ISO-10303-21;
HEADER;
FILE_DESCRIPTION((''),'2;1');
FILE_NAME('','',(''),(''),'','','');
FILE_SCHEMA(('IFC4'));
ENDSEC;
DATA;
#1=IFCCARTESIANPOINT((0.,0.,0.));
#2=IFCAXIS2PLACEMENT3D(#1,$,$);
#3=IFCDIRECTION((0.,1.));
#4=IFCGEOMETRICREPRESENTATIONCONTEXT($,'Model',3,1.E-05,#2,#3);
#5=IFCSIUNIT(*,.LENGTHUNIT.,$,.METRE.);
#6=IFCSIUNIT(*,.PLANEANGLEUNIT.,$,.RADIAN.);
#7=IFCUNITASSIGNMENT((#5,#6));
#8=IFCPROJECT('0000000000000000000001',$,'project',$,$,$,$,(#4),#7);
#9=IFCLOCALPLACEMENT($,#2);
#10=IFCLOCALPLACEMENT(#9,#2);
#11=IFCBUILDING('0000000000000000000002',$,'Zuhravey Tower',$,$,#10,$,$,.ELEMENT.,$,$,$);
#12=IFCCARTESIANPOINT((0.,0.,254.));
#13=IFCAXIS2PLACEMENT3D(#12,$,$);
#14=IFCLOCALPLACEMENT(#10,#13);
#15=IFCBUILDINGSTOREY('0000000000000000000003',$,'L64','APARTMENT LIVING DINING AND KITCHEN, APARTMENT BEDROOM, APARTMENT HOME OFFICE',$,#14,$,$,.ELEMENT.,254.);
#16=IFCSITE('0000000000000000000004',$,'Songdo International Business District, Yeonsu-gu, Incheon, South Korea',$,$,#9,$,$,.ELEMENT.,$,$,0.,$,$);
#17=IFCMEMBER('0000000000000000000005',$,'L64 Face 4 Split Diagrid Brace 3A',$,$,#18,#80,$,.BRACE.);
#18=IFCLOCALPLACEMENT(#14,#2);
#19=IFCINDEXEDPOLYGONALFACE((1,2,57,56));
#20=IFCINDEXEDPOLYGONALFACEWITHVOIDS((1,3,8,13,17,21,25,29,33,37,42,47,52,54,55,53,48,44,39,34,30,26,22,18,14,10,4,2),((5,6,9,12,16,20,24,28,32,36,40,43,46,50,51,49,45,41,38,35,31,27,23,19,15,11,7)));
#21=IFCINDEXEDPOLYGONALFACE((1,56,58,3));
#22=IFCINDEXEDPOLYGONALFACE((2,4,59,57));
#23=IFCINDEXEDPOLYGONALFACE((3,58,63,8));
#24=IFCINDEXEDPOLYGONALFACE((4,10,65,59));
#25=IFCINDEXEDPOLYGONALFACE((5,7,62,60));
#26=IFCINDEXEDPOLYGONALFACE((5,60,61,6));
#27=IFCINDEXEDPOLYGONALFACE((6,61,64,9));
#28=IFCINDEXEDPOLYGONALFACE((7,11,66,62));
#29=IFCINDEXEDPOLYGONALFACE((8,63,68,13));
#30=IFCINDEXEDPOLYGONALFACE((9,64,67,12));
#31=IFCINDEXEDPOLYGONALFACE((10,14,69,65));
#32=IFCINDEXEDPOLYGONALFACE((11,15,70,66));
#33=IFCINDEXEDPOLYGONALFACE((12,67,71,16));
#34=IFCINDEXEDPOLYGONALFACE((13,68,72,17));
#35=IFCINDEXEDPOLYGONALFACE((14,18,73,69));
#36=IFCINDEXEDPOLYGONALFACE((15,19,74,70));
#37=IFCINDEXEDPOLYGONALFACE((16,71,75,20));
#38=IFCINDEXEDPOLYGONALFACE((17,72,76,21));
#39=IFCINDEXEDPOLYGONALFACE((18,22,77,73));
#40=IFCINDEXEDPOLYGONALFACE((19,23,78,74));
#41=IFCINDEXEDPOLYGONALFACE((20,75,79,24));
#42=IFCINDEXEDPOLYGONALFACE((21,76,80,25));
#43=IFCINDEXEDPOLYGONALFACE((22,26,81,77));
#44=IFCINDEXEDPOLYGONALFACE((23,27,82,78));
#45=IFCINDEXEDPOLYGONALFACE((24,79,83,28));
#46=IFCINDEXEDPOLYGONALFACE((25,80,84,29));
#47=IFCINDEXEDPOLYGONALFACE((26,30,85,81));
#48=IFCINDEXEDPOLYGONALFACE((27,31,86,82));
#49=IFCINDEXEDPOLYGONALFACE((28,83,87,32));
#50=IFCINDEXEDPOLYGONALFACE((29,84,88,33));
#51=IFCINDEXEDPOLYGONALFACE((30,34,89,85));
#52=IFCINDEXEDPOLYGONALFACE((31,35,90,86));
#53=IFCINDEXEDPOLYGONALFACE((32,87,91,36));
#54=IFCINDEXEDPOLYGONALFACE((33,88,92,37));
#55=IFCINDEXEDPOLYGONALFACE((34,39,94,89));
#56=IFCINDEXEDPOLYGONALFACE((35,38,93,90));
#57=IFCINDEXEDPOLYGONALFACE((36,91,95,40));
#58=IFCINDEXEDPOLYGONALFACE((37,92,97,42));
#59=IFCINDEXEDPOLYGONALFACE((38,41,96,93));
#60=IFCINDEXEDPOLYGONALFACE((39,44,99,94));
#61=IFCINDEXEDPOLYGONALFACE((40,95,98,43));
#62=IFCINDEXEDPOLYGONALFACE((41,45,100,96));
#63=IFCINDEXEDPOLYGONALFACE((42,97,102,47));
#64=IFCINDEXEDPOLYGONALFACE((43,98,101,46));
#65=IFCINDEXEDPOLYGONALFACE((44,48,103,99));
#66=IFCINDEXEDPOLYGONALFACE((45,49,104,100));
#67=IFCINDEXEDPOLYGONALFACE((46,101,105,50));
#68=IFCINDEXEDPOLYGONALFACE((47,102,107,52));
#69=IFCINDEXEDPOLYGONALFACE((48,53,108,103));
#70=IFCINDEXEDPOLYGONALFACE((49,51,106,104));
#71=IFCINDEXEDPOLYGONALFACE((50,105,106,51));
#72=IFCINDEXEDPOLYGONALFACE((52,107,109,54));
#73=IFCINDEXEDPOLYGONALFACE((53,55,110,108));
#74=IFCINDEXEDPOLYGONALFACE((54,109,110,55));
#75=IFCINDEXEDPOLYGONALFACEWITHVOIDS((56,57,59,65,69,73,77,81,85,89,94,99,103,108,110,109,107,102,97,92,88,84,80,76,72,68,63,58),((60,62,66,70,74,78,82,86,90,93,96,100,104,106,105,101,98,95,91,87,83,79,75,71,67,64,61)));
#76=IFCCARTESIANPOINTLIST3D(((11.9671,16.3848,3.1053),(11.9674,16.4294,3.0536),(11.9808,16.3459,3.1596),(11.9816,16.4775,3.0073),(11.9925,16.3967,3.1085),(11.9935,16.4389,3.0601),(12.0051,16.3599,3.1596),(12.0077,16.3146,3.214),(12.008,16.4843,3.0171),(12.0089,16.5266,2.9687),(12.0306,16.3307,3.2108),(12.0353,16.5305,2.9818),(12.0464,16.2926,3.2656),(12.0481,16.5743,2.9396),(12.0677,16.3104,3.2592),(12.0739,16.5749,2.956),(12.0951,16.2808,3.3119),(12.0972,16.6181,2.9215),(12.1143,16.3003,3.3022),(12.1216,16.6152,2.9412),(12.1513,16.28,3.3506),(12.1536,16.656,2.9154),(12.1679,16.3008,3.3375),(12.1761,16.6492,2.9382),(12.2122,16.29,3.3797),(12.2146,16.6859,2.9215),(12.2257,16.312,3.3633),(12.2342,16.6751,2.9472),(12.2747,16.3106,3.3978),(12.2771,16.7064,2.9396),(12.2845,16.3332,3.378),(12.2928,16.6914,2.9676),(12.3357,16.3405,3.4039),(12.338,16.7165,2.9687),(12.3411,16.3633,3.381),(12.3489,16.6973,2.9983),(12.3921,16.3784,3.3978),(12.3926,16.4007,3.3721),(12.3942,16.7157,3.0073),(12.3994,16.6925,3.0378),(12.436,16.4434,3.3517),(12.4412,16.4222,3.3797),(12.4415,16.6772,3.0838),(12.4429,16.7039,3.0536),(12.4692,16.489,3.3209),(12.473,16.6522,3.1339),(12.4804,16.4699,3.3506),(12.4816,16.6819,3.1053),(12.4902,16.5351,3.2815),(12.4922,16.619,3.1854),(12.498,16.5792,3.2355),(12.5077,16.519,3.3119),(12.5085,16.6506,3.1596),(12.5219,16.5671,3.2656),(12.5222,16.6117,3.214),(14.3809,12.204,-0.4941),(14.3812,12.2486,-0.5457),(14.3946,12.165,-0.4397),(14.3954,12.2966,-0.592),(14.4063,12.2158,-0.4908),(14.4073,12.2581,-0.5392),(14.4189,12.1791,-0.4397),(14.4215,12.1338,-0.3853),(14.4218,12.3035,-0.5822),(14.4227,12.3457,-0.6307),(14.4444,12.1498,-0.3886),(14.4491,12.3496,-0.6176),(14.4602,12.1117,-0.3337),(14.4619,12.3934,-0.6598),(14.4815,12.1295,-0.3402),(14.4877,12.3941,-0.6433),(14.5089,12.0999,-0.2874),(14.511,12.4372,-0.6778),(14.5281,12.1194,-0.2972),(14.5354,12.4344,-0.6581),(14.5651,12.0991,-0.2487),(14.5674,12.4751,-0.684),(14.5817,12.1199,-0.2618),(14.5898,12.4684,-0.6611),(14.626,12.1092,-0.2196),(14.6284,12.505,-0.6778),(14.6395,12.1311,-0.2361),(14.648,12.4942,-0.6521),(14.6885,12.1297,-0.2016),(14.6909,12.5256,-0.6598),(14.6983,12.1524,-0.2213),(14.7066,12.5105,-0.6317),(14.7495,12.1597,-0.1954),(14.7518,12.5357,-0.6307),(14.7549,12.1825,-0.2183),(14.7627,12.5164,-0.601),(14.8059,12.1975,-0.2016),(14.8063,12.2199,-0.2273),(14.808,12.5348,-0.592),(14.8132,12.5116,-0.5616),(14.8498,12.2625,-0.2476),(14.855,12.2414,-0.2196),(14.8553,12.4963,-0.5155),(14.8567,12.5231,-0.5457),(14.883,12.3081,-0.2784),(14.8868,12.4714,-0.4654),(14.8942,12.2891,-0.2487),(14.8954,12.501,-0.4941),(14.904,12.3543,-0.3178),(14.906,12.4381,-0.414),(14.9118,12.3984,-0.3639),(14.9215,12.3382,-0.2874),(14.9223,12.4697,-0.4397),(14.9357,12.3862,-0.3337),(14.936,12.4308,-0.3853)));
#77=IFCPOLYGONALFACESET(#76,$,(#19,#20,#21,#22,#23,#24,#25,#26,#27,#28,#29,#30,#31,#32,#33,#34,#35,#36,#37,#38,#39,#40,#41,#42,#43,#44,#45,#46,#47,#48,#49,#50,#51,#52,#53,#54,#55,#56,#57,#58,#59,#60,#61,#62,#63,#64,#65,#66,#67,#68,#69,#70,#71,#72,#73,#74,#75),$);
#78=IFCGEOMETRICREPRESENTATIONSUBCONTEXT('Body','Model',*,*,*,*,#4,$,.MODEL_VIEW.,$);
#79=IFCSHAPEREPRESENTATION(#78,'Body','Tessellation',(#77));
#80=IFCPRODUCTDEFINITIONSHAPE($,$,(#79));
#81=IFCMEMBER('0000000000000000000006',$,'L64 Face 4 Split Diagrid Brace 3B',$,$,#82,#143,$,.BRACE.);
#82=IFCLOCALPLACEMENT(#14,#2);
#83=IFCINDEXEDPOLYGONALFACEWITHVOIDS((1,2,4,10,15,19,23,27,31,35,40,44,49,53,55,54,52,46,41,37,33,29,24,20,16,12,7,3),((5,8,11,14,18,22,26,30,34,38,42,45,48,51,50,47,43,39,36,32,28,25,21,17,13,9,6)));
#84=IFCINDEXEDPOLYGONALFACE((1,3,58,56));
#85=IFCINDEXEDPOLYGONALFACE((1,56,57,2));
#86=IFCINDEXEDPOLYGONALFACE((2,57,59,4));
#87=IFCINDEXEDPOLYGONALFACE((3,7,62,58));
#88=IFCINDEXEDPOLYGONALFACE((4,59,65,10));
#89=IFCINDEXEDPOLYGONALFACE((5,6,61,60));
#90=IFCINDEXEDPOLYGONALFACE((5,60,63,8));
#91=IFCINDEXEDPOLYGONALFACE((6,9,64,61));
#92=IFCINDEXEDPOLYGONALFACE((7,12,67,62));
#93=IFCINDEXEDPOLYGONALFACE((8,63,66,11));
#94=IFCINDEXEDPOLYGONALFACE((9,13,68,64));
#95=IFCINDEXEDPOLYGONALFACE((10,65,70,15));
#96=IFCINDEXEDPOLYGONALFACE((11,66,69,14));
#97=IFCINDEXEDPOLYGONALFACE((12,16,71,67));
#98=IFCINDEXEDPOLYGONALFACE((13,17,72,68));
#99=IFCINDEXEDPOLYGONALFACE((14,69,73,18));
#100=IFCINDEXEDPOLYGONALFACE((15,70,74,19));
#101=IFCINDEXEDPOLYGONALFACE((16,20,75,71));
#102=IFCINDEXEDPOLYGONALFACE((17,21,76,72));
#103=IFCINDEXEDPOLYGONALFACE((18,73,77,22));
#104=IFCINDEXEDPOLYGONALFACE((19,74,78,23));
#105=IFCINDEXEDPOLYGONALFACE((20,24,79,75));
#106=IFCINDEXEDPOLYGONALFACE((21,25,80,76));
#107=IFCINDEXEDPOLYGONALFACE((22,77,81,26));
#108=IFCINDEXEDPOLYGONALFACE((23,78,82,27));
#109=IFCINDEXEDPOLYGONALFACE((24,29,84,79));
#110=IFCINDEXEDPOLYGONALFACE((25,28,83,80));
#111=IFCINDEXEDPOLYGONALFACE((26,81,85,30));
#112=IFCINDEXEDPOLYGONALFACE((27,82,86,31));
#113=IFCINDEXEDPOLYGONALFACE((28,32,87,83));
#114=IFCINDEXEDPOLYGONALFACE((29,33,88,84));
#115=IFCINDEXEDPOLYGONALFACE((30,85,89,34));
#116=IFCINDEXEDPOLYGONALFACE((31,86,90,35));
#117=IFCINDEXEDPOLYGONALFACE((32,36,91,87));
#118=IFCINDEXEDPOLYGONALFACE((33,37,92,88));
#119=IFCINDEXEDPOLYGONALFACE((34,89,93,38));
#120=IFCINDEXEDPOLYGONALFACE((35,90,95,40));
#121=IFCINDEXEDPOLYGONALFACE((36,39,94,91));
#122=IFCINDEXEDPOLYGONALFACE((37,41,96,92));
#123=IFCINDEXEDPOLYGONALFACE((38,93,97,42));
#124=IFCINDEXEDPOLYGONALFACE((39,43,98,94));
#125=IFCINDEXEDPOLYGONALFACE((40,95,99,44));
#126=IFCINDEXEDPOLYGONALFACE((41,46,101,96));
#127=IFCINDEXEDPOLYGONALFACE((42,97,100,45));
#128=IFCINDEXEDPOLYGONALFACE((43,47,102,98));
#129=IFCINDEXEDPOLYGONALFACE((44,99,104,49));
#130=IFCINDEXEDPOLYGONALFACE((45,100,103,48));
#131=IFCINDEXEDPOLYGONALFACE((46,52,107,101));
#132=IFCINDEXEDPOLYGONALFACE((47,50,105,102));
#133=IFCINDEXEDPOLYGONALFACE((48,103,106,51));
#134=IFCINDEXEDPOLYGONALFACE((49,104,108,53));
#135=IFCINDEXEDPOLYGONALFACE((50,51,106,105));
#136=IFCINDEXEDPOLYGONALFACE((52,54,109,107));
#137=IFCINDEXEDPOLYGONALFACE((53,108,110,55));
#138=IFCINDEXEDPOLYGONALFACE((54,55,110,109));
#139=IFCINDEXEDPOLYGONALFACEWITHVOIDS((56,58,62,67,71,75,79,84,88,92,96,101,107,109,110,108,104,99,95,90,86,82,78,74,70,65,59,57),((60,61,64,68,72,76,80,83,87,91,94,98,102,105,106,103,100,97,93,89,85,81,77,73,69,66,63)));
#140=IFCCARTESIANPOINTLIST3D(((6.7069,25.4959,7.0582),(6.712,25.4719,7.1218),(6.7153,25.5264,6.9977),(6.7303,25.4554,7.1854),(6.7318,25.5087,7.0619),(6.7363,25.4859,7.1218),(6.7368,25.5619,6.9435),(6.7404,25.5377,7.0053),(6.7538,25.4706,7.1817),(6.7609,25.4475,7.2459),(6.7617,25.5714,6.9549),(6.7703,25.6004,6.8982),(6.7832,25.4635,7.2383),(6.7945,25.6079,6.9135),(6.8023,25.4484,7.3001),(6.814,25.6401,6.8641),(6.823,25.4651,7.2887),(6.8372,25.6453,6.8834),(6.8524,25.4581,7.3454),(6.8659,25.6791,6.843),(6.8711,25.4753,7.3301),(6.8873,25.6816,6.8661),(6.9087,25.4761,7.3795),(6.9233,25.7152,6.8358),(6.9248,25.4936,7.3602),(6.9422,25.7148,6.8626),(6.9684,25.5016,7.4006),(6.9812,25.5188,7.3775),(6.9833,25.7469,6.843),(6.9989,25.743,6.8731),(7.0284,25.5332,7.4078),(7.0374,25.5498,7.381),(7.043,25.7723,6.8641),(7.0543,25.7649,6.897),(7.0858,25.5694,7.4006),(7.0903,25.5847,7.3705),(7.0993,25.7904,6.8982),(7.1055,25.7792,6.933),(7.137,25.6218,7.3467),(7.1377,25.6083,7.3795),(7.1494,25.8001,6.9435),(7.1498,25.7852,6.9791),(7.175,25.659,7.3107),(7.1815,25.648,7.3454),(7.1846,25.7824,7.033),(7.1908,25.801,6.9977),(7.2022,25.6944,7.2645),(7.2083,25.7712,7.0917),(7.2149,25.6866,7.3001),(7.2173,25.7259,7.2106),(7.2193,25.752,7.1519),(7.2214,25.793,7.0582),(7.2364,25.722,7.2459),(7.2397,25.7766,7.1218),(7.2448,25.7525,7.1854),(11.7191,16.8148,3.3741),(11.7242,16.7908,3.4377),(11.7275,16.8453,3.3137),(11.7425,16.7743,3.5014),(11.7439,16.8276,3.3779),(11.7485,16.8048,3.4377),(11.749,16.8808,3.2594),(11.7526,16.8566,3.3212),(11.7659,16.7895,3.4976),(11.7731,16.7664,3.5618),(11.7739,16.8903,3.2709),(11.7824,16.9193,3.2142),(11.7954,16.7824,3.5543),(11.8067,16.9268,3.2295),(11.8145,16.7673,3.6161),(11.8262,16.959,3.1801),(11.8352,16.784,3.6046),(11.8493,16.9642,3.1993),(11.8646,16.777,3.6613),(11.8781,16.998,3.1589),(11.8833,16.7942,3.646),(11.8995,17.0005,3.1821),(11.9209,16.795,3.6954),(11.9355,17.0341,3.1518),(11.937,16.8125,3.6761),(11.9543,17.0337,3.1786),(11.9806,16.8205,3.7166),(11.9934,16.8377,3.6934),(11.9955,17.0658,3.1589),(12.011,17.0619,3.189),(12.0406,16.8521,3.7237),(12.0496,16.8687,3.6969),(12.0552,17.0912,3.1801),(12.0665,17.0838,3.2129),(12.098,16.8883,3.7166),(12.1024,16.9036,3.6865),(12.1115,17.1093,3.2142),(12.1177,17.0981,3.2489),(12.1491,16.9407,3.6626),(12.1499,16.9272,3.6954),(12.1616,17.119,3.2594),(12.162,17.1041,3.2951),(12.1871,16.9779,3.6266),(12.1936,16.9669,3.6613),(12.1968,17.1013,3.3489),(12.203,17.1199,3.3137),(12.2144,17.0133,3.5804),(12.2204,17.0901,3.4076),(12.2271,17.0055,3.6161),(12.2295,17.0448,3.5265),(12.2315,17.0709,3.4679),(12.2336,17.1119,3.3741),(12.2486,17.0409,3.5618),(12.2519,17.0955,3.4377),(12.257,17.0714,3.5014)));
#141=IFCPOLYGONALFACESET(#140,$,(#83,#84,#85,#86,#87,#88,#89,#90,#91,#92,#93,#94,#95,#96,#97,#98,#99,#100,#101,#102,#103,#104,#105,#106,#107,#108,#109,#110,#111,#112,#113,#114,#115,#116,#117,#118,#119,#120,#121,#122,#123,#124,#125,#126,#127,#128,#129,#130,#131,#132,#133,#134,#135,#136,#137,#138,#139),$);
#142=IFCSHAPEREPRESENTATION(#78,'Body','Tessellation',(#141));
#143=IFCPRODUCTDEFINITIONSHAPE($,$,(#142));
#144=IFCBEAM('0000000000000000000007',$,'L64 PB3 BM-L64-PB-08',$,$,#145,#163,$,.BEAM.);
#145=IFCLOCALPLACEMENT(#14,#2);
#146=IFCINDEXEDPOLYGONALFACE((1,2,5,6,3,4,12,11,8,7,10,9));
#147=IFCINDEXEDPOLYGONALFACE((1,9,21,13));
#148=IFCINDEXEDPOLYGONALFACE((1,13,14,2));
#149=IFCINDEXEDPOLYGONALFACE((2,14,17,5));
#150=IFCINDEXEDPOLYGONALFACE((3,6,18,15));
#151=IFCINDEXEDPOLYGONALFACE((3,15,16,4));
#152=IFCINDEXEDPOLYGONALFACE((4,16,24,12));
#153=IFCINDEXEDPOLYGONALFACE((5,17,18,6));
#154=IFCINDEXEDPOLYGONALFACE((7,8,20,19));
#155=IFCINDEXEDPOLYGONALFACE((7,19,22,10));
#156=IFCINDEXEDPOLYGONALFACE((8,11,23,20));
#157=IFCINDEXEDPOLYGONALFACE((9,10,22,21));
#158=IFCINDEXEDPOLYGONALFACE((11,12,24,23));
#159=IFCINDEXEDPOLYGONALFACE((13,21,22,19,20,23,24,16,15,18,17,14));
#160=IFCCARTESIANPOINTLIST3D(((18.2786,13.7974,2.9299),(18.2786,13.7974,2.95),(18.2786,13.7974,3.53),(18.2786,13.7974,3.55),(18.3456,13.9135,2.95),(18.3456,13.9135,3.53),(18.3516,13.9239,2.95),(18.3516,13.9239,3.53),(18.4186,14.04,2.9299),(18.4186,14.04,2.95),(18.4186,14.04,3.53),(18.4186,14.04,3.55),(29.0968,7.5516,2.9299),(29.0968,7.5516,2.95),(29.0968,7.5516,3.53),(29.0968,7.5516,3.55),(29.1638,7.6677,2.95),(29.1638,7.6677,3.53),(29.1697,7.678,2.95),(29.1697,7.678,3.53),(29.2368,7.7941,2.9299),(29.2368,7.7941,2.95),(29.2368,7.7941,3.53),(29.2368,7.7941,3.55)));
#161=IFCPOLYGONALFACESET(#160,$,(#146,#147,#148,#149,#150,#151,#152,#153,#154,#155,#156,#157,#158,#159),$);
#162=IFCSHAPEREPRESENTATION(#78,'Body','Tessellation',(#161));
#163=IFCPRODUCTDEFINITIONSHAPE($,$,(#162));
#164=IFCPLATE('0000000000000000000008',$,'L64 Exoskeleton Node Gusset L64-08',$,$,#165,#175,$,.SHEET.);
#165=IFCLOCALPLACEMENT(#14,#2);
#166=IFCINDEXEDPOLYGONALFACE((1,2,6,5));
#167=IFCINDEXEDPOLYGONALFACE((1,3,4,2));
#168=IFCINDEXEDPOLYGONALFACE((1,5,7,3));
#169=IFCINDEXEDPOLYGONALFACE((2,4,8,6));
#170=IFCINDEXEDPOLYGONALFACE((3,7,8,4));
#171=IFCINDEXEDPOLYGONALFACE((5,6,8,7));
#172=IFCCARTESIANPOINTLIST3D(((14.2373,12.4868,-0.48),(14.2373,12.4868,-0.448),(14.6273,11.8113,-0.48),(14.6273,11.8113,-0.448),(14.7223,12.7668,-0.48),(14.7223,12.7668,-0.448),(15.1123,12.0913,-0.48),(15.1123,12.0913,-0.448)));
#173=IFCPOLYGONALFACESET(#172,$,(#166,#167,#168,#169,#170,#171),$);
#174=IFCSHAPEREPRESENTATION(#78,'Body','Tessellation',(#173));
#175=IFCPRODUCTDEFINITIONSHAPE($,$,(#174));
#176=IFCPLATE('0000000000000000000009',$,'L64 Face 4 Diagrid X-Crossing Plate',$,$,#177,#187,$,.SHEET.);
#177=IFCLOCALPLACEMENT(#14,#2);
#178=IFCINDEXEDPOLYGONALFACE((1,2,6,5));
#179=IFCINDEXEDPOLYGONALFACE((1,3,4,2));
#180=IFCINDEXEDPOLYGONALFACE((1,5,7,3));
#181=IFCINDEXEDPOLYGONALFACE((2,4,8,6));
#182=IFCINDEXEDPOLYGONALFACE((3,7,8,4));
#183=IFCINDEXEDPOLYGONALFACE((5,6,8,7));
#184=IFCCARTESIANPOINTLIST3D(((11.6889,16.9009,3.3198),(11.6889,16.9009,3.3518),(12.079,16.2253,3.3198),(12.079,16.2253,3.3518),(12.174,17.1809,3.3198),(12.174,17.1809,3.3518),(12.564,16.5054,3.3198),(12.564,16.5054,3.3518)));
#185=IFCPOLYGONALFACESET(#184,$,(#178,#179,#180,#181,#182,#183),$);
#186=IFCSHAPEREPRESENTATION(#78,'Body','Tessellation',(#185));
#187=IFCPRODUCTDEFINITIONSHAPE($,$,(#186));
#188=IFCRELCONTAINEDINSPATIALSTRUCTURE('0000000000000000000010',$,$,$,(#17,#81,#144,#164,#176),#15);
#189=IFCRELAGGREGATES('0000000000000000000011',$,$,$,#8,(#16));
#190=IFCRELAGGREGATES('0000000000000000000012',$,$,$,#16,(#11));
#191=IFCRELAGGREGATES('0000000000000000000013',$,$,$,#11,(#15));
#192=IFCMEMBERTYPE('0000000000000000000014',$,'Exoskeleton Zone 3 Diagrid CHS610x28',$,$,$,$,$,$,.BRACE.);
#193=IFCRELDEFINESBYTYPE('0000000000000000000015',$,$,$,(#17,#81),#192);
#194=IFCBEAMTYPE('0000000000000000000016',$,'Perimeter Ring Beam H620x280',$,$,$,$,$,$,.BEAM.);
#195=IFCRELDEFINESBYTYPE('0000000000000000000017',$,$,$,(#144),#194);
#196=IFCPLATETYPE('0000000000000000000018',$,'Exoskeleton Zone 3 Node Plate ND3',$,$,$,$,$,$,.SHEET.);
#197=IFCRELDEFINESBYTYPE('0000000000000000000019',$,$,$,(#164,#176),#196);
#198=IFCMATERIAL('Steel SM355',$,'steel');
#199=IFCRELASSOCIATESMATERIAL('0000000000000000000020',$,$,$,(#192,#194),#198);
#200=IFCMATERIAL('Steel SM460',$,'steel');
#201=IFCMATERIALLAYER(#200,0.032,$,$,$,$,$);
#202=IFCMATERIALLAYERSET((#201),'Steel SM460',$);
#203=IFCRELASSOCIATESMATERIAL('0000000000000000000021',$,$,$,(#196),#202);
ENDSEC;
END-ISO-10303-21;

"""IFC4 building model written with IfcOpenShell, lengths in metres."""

from ifc_helpers import new_model, si_unit, direction, frame, origin, origin_2d, place, context, subcontext, project, spatial, rectangle, hollow_circle, i_section, extrude, material, layer, layer_set, material_profile, profile_set, type_object, element, save


model = new_model("IFC4")

# Units and contexts
model_context = context("Model", 3, precision=1e-05, world=origin(), true_north=direction((0.0, 1.0)))
body_context = subcontext(model_context, "Body", "Model", "MODEL_VIEW")
ifc_project = project(units=[si_unit("LENGTHUNIT", "METRE"), si_unit("PLANEANGLEUNIT", "RADIAN")], contexts=[model_context])

# Site, building, storey
site_placement = place(None, origin())
site = spatial("IfcSite", under=ifc_project, at=site_placement, Name="Songdo International Business District, Yeonsu-gu, Incheon, South Korea", CompositionType="ELEMENT", RefElevation=0.0)
building_placement = place(site_placement, origin())
building = spatial("IfcBuilding", under=site, at=building_placement, Name="Zuhravey Tower", CompositionType="ELEMENT")
storey_placement = place(building_placement, frame((0.0, 0.0, 254.0)))
storey = spatial("IfcBuildingStorey", under=building, at=storey_placement, Name="L64", Description="APARTMENT LIVING DINING AND KITCHEN, APARTMENT BEDROOM, APARTMENT HOME OFFICE", CompositionType="ELEMENT", Elevation=254.0)

# Members
ifc_material_1 = material(Name="Steel SM355", Category="steel")
ifc_material_profile_1 = material_profile(ifc_material_1, hollow_circle(Radius=0.3047, WallThickness=0.0281, at=origin_2d()), Name="CHS-609.6x28")
ifc_profile_set_1 = profile_set([ifc_material_profile_1], Name="Steel SM355")
member_type_1 = type_object("IfcMemberType", Name="Exoskeleton Zone 3 Diagrid CHS610x28", PredefinedType="BRACE", material=ifc_profile_set_1)
member_1_placement = place(storey_placement, frame((14.6584, 12.3174, -0.4397), z_axis=(-0.400847, 0.694297, 0.597724), x_axis=(-0.866028, -0.499995, 0.0)))
element("IfcMember", 1, at=member_1_placement, inside=storey, type_object=member_type_1, Name="L64 Face 4 Split Diagrid Brace 3A", PredefinedType="BRACE", context=body_context, shape_type="SweptSolid", body=[
    extrude(hollow_circle(Radius=0.3047, WallThickness=0.0281, at=origin_2d()), origin(), (0.0, 0.0, 1.0), 6.0217),
])
member_2_placement = place(storey_placement, frame((11.988, 16.9431, 3.4377), z_axis=(-0.469319, 0.812861, 0.34496), x_axis=(-0.866019, -0.500011, 0.0)))
element("IfcMember", 2, at=member_2_placement, inside=storey, type_object=member_type_1, Name="L64 Face 4 Split Diagrid Brace 3B", PredefinedType="BRACE", context=body_context, shape_type="SweptSolid", body=[
    extrude(hollow_circle(Radius=0.3047, WallThickness=0.0281, at=origin_2d()), origin(), (0.0, 0.0, 1.0), 10.6797),
])

# Beam
ifc_material_profile_2 = material_profile(ifc_material_1, i_section(OverallWidth=0.28, OverallDepth=0.6201, WebThickness=0.012, FlangeThickness=0.02, at=origin_2d()), Name="H-620x280x12x20")
ifc_profile_set_2 = profile_set([ifc_material_profile_2], Name="Steel SM355")
beam_type = type_object("IfcBeamType", Name="Perimeter Ring Beam H620x280", PredefinedType="BEAM", material=ifc_profile_set_2)
beam_placement = place(storey_placement, frame((18.3486, 13.9187, 3.24), z_axis=(0.866025, -0.5, 0.0), x_axis=(0.5, 0.866025, 0.0)))
element("IfcBeam", 3, at=beam_placement, inside=storey, type_object=beam_type, Name="L64 PB3 BM-L64-PB-08", PredefinedType="BEAM", context=body_context, shape_type="SweptSolid", body=[
    extrude(i_section(OverallWidth=0.28, OverallDepth=0.6201, WebThickness=0.012, FlangeThickness=0.02, at=origin_2d()), origin(), (0.0, 0.0, 1.0), 12.4917),
])

# Plates
ifc_material_2 = material(Name="Steel SM460", Category="steel")
ifc_layer_1 = layer(ifc_material_2, 0.032)
ifc_layer_set_1 = layer_set([ifc_layer_1], Name="Steel SM460")
plate_type_1 = type_object("IfcPlateType", Name="Exoskeleton Zone 3 Node Plate ND3", PredefinedType="SHEET", material=ifc_layer_set_1)
for number, where, z_axis, x_axis, name in (
    (4, (14.6748, 12.2891, -0.48), (0.0, 0.0, 1.0), (0.5, -0.866025, 0.0), "L64 Exoskeleton Node Gusset L64-08"),
    (5, (12.1265, 16.7031, 3.3198), (0.0, 0.0, 1.0), (0.5, -0.866025, 0.0), "L64 Face 4 Diagrid X-Crossing Plate"),
):
    element("IfcPlate", number, at=place(storey_placement, frame(where, z_axis=z_axis, x_axis=x_axis)), inside=storey, type_object=plate_type_1, Name=name, PredefinedType="SHEET", context=body_context, shape_type="SweptSolid", body=[
        extrude(rectangle(XDim=0.78, YDim=0.5601, at=origin_2d()), origin(), (0.0, 0.0, 1.0), 0.032),
    ])

save(model, "model.ifc")
